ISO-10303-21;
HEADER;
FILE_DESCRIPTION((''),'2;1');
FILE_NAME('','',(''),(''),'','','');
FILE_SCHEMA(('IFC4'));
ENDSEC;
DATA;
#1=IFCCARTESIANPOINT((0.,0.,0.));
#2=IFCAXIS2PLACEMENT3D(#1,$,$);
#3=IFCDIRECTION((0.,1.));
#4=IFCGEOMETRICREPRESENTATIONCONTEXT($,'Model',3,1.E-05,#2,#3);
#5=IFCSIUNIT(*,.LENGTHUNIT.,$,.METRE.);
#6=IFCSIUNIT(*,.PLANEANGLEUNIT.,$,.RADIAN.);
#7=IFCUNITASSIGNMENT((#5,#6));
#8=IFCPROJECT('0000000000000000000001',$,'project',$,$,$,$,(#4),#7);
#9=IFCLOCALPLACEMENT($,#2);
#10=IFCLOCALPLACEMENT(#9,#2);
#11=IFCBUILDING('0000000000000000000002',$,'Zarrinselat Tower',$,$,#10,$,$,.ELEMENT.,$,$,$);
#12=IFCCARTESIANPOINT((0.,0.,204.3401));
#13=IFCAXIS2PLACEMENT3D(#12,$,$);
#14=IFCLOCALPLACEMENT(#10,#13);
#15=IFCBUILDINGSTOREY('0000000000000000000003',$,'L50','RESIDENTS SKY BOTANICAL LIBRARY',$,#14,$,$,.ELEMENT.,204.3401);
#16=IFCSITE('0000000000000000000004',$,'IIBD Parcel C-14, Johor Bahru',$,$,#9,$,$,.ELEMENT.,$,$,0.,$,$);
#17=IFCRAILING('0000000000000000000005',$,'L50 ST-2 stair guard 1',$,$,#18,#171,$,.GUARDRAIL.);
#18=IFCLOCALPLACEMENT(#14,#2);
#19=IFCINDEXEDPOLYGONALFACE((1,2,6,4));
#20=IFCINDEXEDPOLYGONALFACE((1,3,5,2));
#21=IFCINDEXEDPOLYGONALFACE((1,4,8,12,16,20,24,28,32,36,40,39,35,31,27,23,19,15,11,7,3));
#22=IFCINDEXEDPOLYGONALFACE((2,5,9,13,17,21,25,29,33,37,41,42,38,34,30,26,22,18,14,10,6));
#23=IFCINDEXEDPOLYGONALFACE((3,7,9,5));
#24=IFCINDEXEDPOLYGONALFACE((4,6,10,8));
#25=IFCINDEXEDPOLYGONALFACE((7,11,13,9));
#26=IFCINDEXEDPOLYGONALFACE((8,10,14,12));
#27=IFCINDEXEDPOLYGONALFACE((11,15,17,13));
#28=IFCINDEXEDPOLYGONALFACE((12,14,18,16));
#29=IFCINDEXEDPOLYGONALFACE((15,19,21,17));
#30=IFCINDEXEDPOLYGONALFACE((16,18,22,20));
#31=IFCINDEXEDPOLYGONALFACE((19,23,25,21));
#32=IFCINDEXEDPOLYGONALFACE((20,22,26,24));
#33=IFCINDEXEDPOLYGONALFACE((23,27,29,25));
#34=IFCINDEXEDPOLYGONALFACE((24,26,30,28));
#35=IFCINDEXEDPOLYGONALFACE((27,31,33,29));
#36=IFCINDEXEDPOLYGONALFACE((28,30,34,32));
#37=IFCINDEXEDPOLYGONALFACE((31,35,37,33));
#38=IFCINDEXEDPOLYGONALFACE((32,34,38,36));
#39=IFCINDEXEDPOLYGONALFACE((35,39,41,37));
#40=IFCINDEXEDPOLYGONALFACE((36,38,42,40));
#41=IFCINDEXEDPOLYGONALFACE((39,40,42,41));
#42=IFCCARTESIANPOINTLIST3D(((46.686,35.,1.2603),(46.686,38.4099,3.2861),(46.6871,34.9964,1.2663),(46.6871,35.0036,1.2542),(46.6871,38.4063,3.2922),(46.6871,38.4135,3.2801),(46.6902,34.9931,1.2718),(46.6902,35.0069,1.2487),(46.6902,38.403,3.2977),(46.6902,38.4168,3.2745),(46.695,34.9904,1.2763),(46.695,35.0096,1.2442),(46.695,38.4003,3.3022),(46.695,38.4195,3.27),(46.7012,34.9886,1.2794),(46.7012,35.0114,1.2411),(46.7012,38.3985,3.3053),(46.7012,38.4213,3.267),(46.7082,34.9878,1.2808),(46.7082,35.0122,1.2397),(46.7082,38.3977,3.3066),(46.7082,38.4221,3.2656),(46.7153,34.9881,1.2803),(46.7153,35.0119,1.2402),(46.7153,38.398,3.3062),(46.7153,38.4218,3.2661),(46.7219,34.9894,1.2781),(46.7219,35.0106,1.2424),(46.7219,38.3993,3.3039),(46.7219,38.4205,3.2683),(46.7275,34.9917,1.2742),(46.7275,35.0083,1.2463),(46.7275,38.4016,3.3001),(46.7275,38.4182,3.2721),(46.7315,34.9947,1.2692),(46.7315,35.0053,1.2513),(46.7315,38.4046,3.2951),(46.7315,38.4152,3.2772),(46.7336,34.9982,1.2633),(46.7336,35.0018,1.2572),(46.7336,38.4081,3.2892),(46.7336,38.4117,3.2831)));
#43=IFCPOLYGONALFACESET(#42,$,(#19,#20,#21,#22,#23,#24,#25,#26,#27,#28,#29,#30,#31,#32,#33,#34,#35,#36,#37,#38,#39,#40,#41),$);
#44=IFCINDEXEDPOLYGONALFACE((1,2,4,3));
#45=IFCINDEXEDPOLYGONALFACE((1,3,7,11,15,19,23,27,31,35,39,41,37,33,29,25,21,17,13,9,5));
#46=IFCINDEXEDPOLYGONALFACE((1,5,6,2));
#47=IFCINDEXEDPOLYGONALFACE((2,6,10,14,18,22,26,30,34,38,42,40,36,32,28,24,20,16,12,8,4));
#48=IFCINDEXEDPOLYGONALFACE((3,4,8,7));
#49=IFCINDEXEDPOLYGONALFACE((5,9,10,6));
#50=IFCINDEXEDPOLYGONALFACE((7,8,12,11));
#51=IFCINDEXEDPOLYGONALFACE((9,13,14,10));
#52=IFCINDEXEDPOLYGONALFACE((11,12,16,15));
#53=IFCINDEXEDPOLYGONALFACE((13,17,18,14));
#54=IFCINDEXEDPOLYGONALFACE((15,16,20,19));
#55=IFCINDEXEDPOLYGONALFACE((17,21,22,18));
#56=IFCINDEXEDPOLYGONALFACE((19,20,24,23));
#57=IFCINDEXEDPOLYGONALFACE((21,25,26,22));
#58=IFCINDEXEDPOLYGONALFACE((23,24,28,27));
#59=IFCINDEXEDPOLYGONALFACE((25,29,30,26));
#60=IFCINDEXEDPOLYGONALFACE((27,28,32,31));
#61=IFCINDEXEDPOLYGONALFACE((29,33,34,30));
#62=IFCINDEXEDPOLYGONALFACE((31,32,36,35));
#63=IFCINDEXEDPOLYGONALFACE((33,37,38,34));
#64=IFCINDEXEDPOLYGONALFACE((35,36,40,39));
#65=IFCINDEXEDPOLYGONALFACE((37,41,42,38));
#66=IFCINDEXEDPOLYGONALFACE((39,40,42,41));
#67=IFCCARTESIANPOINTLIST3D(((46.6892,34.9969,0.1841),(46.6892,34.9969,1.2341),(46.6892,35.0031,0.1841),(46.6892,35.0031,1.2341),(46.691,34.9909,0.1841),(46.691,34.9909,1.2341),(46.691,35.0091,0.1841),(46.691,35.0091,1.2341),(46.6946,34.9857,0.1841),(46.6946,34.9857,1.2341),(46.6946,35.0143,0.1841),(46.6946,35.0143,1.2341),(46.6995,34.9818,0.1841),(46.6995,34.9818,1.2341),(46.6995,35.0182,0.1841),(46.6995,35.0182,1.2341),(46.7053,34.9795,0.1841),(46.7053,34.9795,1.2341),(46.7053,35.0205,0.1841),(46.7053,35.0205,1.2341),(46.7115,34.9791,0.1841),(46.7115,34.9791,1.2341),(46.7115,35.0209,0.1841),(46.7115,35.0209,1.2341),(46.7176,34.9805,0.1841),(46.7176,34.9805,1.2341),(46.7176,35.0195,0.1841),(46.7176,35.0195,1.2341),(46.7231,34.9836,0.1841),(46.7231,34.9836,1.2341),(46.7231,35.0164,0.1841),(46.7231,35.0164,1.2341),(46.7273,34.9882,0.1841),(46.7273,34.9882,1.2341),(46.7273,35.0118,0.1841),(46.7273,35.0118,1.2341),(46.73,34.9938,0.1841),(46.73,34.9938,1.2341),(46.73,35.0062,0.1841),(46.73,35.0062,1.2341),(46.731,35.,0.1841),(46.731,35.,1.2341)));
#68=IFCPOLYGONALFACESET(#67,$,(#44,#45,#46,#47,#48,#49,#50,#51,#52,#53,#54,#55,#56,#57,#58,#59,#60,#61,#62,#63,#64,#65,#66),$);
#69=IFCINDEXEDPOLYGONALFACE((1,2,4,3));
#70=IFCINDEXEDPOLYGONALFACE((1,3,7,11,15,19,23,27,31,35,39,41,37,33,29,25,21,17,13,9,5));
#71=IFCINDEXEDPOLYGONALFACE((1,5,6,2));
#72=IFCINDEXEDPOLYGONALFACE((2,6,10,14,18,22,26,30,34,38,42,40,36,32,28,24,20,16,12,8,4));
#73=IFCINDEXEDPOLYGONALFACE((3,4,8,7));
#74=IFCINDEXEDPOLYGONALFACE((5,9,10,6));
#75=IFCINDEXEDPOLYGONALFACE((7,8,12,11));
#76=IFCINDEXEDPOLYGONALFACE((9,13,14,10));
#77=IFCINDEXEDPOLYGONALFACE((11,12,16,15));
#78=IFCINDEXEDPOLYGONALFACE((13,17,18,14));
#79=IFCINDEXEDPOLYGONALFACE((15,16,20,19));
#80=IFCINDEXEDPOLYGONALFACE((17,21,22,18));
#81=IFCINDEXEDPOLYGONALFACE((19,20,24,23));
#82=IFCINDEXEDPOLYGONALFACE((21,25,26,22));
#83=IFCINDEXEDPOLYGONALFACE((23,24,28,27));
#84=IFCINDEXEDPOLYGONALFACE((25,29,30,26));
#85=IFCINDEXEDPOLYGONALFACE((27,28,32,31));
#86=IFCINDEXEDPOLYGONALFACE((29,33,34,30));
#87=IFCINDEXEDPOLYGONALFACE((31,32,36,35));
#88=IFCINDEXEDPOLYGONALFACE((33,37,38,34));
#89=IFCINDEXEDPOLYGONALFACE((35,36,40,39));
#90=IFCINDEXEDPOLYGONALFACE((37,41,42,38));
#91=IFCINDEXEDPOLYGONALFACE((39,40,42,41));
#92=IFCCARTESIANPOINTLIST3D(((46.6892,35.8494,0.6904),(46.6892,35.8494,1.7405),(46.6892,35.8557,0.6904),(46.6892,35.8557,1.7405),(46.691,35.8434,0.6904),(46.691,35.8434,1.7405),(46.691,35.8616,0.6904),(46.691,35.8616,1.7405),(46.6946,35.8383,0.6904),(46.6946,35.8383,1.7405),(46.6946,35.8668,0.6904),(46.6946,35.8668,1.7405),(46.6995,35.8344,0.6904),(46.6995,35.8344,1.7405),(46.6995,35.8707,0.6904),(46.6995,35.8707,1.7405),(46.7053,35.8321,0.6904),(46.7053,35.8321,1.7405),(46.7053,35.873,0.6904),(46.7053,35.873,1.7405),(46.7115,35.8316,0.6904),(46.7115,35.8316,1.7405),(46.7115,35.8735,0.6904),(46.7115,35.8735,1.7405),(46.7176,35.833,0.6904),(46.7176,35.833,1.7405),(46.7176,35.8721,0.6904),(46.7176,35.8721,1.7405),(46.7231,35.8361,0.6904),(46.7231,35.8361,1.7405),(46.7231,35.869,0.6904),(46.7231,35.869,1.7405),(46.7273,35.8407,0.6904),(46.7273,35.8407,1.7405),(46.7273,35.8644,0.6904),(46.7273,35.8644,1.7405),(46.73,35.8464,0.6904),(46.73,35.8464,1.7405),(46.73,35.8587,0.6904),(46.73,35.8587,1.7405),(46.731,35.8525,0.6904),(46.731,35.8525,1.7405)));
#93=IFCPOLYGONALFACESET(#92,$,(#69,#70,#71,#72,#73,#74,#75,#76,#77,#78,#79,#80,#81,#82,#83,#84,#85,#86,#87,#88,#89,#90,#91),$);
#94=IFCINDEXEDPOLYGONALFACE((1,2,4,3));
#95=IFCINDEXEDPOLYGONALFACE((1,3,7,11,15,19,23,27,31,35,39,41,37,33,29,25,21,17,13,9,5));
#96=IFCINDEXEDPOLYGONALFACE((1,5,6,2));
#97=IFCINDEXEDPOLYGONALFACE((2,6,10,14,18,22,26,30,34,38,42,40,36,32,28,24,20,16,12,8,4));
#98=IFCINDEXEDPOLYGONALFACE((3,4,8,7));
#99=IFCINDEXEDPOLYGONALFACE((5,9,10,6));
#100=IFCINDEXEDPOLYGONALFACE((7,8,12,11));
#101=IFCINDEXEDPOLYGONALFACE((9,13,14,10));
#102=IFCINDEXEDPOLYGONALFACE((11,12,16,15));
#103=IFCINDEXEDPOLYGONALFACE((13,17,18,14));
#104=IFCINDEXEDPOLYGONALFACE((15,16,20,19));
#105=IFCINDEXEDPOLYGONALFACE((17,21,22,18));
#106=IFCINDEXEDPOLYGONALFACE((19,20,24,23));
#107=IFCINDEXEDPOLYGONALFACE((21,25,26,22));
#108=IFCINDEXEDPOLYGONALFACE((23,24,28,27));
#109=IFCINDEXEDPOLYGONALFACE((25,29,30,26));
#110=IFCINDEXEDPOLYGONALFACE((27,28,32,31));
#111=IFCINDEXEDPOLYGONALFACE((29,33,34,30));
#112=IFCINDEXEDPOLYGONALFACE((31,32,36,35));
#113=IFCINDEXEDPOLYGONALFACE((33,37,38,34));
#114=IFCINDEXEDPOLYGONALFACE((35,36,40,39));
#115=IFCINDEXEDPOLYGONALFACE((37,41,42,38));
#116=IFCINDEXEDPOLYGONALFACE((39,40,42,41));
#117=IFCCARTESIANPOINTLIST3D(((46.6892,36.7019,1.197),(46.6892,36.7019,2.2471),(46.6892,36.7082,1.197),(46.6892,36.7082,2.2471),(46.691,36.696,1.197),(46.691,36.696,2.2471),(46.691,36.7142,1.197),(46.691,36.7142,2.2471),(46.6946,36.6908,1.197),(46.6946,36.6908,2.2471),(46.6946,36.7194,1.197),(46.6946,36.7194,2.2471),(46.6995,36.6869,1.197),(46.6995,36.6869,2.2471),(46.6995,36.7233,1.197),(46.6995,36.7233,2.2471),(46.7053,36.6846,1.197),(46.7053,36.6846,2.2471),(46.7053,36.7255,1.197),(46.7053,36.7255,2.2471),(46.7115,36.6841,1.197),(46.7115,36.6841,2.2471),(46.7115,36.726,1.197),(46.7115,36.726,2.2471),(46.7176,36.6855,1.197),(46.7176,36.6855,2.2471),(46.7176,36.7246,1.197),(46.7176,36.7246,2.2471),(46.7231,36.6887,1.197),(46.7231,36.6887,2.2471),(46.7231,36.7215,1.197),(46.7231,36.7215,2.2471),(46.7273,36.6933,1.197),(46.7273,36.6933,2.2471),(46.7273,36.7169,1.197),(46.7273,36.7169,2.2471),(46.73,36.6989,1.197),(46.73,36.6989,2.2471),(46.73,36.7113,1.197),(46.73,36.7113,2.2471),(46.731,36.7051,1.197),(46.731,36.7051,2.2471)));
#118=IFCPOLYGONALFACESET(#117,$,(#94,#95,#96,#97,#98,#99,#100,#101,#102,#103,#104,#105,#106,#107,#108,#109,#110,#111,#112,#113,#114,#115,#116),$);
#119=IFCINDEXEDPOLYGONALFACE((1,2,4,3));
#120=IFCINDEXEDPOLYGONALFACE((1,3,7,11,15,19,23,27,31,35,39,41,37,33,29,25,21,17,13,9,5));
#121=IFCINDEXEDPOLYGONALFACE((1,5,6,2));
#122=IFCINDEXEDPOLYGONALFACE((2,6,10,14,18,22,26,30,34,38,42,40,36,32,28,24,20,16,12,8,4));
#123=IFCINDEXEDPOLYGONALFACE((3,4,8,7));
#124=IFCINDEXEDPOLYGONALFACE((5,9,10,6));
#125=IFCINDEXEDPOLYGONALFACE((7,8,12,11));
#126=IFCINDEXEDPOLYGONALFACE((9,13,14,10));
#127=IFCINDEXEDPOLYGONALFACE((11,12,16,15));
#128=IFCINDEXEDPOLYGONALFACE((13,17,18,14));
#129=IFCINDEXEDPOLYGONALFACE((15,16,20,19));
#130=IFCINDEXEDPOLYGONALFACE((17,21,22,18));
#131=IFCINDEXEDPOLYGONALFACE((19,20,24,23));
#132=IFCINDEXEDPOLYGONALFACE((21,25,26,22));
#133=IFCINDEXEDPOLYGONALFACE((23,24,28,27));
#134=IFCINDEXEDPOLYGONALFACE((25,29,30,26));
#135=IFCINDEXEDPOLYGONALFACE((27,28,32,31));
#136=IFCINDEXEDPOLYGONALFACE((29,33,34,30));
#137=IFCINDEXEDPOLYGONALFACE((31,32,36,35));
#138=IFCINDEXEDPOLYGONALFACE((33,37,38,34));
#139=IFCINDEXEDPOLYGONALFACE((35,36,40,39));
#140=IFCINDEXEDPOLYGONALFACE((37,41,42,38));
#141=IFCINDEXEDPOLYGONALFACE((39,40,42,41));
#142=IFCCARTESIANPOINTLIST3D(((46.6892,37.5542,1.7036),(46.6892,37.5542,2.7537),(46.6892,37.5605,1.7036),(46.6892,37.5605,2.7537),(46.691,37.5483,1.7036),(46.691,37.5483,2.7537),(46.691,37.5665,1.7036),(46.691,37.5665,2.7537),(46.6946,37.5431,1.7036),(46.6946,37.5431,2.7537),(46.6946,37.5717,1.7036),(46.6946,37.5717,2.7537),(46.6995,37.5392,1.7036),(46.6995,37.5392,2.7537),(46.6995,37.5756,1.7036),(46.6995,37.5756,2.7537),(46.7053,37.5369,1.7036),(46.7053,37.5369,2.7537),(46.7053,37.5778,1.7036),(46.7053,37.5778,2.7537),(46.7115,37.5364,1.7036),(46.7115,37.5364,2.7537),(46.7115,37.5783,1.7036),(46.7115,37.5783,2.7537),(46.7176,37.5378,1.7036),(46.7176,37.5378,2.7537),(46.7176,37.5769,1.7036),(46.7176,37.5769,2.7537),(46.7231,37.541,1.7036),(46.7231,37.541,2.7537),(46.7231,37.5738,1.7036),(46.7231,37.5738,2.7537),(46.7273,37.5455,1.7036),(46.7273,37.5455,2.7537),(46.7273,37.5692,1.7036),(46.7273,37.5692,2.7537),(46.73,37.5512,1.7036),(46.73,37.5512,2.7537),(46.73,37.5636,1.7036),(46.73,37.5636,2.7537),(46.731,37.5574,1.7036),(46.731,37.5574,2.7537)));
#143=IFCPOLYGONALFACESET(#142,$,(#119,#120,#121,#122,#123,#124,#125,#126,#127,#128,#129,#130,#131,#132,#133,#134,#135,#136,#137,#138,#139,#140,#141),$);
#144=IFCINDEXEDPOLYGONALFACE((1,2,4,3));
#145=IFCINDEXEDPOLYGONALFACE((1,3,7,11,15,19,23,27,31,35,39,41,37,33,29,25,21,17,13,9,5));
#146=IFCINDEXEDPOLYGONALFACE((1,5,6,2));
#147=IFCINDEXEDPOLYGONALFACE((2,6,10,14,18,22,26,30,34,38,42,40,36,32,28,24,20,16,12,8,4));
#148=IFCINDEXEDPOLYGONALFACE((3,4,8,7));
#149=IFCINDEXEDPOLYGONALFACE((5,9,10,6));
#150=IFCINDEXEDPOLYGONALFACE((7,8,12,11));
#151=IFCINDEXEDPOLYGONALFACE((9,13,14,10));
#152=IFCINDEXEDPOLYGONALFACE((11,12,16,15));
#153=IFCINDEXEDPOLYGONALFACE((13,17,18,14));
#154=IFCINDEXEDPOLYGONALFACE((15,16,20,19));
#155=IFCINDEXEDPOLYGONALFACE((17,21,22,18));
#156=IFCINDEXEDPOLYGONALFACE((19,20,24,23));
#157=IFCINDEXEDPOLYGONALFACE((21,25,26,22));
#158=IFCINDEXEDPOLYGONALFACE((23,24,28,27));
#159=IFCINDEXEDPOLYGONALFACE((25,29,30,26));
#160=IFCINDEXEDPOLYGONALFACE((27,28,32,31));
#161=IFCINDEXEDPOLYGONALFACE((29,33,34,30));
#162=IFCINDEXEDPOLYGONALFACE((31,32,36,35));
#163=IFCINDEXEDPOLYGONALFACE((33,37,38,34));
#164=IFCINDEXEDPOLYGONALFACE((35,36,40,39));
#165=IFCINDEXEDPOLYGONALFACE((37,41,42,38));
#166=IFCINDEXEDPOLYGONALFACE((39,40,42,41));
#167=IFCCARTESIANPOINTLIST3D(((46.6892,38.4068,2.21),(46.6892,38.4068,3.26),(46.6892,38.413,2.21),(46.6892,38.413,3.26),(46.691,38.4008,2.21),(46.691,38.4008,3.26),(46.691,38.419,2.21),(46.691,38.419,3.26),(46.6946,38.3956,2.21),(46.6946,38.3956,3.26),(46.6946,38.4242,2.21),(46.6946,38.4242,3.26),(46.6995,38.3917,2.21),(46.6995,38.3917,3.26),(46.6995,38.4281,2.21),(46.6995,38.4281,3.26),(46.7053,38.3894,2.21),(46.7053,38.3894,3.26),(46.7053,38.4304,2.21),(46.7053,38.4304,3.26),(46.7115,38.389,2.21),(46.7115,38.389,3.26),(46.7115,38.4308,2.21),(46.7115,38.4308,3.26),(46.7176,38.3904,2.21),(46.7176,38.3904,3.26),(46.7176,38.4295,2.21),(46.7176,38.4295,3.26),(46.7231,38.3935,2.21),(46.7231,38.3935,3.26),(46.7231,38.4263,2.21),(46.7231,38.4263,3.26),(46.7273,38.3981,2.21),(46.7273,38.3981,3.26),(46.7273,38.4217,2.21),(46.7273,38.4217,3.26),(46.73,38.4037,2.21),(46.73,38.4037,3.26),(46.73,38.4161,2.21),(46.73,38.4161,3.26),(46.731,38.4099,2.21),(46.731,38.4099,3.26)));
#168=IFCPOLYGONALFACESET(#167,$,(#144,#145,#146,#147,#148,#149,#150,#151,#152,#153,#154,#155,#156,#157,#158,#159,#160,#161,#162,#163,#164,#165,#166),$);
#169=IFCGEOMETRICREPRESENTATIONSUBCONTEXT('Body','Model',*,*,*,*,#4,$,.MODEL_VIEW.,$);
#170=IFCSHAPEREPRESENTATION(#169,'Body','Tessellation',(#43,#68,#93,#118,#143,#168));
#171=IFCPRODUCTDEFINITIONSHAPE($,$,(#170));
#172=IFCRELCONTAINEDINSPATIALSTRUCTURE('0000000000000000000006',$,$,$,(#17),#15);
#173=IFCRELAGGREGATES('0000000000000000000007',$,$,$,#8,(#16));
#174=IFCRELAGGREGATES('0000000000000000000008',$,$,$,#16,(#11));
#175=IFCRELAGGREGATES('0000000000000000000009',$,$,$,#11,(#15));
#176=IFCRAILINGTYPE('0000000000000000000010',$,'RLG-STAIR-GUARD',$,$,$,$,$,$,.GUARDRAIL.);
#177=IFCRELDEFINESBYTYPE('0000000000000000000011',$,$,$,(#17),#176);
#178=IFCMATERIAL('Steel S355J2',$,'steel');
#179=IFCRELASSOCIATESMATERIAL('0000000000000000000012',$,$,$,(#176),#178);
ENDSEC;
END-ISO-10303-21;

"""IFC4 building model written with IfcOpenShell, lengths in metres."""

from ifc_helpers import new_model, si_unit, direction, frame, origin, origin_2d, place, context, subcontext, project, spatial, circle, extrude, material, type_object, element, save


model = new_model("IFC4")

# Units and contexts
model_context = context("Model", 3, precision=1e-05, world=origin(), true_north=direction((0.0, 1.0)))
body_context = subcontext(model_context, "Body", "Model", "MODEL_VIEW")
ifc_project = project(units=[si_unit("LENGTHUNIT", "METRE"), si_unit("PLANEANGLEUNIT", "RADIAN")], contexts=[model_context])

# Site, building, storey
site_placement = place(None, origin())
site = spatial("IfcSite", under=ifc_project, at=site_placement, Name="IIBD Parcel C-14, Johor Bahru", CompositionType="ELEMENT", RefElevation=0.0)
building_placement = place(site_placement, origin())
building = spatial("IfcBuilding", under=site, at=building_placement, Name="Zarrinselat Tower", CompositionType="ELEMENT")
storey_placement = place(building_placement, frame((0.0, 0.0, 204.3401)))
storey = spatial("IfcBuildingStorey", under=building, at=storey_placement, Name="L50", Description="RESIDENTS SKY BOTANICAL LIBRARY", CompositionType="ELEMENT", Elevation=204.3401)

# Railing
ifc_material_1 = material(Name="Steel S355J2", Category="steel")
railing_type_1 = type_object("IfcRailingType", Name="RLG-STAIR-GUARD", PredefinedType="GUARDRAIL", material=ifc_material_1)
railing_1_placement = place(storey_placement, frame((46.71, 35.0, 0.1841)))
element("IfcRailing", 1, at=railing_1_placement, inside=storey, type_object=railing_type_1, Name="L50 ST-2 stair guard 1", PredefinedType="GUARDRAIL", context=body_context, shape_type="SweptSolid", body=[
    extrude(circle(Radius=0.0239, at=origin_2d()), frame((0.0, 0.0, 1.0762), z_axis=(0.0, 0.859717, 0.510771), x_axis=(-1.0, 0.0, 0.0)), (0.0, 0.0, 1.0), 3.9663),
    extrude(circle(Radius=0.021, at=origin_2d()), origin(), (0.0, 0.0, 1.0), 1.05),
    extrude(circle(Radius=0.021, at=origin_2d()), frame((0.0, 0.8525, 0.5063)), (0.0, 0.0, 1.0), 1.05),
    extrude(circle(Radius=0.021, at=origin_2d()), frame((0.0, 1.7051, 1.0129)), (0.0, 0.0, 1.0), 1.05),
    extrude(circle(Radius=0.021, at=origin_2d()), frame((0.0, 2.5574, 1.5195)), (0.0, 0.0, 1.0), 1.05),
    extrude(circle(Radius=0.021, at=origin_2d()), frame((0.0, 3.4099, 2.0259)), (0.0, 0.0, 1.0), 1.05),
])

save(model, "model.ifc")
